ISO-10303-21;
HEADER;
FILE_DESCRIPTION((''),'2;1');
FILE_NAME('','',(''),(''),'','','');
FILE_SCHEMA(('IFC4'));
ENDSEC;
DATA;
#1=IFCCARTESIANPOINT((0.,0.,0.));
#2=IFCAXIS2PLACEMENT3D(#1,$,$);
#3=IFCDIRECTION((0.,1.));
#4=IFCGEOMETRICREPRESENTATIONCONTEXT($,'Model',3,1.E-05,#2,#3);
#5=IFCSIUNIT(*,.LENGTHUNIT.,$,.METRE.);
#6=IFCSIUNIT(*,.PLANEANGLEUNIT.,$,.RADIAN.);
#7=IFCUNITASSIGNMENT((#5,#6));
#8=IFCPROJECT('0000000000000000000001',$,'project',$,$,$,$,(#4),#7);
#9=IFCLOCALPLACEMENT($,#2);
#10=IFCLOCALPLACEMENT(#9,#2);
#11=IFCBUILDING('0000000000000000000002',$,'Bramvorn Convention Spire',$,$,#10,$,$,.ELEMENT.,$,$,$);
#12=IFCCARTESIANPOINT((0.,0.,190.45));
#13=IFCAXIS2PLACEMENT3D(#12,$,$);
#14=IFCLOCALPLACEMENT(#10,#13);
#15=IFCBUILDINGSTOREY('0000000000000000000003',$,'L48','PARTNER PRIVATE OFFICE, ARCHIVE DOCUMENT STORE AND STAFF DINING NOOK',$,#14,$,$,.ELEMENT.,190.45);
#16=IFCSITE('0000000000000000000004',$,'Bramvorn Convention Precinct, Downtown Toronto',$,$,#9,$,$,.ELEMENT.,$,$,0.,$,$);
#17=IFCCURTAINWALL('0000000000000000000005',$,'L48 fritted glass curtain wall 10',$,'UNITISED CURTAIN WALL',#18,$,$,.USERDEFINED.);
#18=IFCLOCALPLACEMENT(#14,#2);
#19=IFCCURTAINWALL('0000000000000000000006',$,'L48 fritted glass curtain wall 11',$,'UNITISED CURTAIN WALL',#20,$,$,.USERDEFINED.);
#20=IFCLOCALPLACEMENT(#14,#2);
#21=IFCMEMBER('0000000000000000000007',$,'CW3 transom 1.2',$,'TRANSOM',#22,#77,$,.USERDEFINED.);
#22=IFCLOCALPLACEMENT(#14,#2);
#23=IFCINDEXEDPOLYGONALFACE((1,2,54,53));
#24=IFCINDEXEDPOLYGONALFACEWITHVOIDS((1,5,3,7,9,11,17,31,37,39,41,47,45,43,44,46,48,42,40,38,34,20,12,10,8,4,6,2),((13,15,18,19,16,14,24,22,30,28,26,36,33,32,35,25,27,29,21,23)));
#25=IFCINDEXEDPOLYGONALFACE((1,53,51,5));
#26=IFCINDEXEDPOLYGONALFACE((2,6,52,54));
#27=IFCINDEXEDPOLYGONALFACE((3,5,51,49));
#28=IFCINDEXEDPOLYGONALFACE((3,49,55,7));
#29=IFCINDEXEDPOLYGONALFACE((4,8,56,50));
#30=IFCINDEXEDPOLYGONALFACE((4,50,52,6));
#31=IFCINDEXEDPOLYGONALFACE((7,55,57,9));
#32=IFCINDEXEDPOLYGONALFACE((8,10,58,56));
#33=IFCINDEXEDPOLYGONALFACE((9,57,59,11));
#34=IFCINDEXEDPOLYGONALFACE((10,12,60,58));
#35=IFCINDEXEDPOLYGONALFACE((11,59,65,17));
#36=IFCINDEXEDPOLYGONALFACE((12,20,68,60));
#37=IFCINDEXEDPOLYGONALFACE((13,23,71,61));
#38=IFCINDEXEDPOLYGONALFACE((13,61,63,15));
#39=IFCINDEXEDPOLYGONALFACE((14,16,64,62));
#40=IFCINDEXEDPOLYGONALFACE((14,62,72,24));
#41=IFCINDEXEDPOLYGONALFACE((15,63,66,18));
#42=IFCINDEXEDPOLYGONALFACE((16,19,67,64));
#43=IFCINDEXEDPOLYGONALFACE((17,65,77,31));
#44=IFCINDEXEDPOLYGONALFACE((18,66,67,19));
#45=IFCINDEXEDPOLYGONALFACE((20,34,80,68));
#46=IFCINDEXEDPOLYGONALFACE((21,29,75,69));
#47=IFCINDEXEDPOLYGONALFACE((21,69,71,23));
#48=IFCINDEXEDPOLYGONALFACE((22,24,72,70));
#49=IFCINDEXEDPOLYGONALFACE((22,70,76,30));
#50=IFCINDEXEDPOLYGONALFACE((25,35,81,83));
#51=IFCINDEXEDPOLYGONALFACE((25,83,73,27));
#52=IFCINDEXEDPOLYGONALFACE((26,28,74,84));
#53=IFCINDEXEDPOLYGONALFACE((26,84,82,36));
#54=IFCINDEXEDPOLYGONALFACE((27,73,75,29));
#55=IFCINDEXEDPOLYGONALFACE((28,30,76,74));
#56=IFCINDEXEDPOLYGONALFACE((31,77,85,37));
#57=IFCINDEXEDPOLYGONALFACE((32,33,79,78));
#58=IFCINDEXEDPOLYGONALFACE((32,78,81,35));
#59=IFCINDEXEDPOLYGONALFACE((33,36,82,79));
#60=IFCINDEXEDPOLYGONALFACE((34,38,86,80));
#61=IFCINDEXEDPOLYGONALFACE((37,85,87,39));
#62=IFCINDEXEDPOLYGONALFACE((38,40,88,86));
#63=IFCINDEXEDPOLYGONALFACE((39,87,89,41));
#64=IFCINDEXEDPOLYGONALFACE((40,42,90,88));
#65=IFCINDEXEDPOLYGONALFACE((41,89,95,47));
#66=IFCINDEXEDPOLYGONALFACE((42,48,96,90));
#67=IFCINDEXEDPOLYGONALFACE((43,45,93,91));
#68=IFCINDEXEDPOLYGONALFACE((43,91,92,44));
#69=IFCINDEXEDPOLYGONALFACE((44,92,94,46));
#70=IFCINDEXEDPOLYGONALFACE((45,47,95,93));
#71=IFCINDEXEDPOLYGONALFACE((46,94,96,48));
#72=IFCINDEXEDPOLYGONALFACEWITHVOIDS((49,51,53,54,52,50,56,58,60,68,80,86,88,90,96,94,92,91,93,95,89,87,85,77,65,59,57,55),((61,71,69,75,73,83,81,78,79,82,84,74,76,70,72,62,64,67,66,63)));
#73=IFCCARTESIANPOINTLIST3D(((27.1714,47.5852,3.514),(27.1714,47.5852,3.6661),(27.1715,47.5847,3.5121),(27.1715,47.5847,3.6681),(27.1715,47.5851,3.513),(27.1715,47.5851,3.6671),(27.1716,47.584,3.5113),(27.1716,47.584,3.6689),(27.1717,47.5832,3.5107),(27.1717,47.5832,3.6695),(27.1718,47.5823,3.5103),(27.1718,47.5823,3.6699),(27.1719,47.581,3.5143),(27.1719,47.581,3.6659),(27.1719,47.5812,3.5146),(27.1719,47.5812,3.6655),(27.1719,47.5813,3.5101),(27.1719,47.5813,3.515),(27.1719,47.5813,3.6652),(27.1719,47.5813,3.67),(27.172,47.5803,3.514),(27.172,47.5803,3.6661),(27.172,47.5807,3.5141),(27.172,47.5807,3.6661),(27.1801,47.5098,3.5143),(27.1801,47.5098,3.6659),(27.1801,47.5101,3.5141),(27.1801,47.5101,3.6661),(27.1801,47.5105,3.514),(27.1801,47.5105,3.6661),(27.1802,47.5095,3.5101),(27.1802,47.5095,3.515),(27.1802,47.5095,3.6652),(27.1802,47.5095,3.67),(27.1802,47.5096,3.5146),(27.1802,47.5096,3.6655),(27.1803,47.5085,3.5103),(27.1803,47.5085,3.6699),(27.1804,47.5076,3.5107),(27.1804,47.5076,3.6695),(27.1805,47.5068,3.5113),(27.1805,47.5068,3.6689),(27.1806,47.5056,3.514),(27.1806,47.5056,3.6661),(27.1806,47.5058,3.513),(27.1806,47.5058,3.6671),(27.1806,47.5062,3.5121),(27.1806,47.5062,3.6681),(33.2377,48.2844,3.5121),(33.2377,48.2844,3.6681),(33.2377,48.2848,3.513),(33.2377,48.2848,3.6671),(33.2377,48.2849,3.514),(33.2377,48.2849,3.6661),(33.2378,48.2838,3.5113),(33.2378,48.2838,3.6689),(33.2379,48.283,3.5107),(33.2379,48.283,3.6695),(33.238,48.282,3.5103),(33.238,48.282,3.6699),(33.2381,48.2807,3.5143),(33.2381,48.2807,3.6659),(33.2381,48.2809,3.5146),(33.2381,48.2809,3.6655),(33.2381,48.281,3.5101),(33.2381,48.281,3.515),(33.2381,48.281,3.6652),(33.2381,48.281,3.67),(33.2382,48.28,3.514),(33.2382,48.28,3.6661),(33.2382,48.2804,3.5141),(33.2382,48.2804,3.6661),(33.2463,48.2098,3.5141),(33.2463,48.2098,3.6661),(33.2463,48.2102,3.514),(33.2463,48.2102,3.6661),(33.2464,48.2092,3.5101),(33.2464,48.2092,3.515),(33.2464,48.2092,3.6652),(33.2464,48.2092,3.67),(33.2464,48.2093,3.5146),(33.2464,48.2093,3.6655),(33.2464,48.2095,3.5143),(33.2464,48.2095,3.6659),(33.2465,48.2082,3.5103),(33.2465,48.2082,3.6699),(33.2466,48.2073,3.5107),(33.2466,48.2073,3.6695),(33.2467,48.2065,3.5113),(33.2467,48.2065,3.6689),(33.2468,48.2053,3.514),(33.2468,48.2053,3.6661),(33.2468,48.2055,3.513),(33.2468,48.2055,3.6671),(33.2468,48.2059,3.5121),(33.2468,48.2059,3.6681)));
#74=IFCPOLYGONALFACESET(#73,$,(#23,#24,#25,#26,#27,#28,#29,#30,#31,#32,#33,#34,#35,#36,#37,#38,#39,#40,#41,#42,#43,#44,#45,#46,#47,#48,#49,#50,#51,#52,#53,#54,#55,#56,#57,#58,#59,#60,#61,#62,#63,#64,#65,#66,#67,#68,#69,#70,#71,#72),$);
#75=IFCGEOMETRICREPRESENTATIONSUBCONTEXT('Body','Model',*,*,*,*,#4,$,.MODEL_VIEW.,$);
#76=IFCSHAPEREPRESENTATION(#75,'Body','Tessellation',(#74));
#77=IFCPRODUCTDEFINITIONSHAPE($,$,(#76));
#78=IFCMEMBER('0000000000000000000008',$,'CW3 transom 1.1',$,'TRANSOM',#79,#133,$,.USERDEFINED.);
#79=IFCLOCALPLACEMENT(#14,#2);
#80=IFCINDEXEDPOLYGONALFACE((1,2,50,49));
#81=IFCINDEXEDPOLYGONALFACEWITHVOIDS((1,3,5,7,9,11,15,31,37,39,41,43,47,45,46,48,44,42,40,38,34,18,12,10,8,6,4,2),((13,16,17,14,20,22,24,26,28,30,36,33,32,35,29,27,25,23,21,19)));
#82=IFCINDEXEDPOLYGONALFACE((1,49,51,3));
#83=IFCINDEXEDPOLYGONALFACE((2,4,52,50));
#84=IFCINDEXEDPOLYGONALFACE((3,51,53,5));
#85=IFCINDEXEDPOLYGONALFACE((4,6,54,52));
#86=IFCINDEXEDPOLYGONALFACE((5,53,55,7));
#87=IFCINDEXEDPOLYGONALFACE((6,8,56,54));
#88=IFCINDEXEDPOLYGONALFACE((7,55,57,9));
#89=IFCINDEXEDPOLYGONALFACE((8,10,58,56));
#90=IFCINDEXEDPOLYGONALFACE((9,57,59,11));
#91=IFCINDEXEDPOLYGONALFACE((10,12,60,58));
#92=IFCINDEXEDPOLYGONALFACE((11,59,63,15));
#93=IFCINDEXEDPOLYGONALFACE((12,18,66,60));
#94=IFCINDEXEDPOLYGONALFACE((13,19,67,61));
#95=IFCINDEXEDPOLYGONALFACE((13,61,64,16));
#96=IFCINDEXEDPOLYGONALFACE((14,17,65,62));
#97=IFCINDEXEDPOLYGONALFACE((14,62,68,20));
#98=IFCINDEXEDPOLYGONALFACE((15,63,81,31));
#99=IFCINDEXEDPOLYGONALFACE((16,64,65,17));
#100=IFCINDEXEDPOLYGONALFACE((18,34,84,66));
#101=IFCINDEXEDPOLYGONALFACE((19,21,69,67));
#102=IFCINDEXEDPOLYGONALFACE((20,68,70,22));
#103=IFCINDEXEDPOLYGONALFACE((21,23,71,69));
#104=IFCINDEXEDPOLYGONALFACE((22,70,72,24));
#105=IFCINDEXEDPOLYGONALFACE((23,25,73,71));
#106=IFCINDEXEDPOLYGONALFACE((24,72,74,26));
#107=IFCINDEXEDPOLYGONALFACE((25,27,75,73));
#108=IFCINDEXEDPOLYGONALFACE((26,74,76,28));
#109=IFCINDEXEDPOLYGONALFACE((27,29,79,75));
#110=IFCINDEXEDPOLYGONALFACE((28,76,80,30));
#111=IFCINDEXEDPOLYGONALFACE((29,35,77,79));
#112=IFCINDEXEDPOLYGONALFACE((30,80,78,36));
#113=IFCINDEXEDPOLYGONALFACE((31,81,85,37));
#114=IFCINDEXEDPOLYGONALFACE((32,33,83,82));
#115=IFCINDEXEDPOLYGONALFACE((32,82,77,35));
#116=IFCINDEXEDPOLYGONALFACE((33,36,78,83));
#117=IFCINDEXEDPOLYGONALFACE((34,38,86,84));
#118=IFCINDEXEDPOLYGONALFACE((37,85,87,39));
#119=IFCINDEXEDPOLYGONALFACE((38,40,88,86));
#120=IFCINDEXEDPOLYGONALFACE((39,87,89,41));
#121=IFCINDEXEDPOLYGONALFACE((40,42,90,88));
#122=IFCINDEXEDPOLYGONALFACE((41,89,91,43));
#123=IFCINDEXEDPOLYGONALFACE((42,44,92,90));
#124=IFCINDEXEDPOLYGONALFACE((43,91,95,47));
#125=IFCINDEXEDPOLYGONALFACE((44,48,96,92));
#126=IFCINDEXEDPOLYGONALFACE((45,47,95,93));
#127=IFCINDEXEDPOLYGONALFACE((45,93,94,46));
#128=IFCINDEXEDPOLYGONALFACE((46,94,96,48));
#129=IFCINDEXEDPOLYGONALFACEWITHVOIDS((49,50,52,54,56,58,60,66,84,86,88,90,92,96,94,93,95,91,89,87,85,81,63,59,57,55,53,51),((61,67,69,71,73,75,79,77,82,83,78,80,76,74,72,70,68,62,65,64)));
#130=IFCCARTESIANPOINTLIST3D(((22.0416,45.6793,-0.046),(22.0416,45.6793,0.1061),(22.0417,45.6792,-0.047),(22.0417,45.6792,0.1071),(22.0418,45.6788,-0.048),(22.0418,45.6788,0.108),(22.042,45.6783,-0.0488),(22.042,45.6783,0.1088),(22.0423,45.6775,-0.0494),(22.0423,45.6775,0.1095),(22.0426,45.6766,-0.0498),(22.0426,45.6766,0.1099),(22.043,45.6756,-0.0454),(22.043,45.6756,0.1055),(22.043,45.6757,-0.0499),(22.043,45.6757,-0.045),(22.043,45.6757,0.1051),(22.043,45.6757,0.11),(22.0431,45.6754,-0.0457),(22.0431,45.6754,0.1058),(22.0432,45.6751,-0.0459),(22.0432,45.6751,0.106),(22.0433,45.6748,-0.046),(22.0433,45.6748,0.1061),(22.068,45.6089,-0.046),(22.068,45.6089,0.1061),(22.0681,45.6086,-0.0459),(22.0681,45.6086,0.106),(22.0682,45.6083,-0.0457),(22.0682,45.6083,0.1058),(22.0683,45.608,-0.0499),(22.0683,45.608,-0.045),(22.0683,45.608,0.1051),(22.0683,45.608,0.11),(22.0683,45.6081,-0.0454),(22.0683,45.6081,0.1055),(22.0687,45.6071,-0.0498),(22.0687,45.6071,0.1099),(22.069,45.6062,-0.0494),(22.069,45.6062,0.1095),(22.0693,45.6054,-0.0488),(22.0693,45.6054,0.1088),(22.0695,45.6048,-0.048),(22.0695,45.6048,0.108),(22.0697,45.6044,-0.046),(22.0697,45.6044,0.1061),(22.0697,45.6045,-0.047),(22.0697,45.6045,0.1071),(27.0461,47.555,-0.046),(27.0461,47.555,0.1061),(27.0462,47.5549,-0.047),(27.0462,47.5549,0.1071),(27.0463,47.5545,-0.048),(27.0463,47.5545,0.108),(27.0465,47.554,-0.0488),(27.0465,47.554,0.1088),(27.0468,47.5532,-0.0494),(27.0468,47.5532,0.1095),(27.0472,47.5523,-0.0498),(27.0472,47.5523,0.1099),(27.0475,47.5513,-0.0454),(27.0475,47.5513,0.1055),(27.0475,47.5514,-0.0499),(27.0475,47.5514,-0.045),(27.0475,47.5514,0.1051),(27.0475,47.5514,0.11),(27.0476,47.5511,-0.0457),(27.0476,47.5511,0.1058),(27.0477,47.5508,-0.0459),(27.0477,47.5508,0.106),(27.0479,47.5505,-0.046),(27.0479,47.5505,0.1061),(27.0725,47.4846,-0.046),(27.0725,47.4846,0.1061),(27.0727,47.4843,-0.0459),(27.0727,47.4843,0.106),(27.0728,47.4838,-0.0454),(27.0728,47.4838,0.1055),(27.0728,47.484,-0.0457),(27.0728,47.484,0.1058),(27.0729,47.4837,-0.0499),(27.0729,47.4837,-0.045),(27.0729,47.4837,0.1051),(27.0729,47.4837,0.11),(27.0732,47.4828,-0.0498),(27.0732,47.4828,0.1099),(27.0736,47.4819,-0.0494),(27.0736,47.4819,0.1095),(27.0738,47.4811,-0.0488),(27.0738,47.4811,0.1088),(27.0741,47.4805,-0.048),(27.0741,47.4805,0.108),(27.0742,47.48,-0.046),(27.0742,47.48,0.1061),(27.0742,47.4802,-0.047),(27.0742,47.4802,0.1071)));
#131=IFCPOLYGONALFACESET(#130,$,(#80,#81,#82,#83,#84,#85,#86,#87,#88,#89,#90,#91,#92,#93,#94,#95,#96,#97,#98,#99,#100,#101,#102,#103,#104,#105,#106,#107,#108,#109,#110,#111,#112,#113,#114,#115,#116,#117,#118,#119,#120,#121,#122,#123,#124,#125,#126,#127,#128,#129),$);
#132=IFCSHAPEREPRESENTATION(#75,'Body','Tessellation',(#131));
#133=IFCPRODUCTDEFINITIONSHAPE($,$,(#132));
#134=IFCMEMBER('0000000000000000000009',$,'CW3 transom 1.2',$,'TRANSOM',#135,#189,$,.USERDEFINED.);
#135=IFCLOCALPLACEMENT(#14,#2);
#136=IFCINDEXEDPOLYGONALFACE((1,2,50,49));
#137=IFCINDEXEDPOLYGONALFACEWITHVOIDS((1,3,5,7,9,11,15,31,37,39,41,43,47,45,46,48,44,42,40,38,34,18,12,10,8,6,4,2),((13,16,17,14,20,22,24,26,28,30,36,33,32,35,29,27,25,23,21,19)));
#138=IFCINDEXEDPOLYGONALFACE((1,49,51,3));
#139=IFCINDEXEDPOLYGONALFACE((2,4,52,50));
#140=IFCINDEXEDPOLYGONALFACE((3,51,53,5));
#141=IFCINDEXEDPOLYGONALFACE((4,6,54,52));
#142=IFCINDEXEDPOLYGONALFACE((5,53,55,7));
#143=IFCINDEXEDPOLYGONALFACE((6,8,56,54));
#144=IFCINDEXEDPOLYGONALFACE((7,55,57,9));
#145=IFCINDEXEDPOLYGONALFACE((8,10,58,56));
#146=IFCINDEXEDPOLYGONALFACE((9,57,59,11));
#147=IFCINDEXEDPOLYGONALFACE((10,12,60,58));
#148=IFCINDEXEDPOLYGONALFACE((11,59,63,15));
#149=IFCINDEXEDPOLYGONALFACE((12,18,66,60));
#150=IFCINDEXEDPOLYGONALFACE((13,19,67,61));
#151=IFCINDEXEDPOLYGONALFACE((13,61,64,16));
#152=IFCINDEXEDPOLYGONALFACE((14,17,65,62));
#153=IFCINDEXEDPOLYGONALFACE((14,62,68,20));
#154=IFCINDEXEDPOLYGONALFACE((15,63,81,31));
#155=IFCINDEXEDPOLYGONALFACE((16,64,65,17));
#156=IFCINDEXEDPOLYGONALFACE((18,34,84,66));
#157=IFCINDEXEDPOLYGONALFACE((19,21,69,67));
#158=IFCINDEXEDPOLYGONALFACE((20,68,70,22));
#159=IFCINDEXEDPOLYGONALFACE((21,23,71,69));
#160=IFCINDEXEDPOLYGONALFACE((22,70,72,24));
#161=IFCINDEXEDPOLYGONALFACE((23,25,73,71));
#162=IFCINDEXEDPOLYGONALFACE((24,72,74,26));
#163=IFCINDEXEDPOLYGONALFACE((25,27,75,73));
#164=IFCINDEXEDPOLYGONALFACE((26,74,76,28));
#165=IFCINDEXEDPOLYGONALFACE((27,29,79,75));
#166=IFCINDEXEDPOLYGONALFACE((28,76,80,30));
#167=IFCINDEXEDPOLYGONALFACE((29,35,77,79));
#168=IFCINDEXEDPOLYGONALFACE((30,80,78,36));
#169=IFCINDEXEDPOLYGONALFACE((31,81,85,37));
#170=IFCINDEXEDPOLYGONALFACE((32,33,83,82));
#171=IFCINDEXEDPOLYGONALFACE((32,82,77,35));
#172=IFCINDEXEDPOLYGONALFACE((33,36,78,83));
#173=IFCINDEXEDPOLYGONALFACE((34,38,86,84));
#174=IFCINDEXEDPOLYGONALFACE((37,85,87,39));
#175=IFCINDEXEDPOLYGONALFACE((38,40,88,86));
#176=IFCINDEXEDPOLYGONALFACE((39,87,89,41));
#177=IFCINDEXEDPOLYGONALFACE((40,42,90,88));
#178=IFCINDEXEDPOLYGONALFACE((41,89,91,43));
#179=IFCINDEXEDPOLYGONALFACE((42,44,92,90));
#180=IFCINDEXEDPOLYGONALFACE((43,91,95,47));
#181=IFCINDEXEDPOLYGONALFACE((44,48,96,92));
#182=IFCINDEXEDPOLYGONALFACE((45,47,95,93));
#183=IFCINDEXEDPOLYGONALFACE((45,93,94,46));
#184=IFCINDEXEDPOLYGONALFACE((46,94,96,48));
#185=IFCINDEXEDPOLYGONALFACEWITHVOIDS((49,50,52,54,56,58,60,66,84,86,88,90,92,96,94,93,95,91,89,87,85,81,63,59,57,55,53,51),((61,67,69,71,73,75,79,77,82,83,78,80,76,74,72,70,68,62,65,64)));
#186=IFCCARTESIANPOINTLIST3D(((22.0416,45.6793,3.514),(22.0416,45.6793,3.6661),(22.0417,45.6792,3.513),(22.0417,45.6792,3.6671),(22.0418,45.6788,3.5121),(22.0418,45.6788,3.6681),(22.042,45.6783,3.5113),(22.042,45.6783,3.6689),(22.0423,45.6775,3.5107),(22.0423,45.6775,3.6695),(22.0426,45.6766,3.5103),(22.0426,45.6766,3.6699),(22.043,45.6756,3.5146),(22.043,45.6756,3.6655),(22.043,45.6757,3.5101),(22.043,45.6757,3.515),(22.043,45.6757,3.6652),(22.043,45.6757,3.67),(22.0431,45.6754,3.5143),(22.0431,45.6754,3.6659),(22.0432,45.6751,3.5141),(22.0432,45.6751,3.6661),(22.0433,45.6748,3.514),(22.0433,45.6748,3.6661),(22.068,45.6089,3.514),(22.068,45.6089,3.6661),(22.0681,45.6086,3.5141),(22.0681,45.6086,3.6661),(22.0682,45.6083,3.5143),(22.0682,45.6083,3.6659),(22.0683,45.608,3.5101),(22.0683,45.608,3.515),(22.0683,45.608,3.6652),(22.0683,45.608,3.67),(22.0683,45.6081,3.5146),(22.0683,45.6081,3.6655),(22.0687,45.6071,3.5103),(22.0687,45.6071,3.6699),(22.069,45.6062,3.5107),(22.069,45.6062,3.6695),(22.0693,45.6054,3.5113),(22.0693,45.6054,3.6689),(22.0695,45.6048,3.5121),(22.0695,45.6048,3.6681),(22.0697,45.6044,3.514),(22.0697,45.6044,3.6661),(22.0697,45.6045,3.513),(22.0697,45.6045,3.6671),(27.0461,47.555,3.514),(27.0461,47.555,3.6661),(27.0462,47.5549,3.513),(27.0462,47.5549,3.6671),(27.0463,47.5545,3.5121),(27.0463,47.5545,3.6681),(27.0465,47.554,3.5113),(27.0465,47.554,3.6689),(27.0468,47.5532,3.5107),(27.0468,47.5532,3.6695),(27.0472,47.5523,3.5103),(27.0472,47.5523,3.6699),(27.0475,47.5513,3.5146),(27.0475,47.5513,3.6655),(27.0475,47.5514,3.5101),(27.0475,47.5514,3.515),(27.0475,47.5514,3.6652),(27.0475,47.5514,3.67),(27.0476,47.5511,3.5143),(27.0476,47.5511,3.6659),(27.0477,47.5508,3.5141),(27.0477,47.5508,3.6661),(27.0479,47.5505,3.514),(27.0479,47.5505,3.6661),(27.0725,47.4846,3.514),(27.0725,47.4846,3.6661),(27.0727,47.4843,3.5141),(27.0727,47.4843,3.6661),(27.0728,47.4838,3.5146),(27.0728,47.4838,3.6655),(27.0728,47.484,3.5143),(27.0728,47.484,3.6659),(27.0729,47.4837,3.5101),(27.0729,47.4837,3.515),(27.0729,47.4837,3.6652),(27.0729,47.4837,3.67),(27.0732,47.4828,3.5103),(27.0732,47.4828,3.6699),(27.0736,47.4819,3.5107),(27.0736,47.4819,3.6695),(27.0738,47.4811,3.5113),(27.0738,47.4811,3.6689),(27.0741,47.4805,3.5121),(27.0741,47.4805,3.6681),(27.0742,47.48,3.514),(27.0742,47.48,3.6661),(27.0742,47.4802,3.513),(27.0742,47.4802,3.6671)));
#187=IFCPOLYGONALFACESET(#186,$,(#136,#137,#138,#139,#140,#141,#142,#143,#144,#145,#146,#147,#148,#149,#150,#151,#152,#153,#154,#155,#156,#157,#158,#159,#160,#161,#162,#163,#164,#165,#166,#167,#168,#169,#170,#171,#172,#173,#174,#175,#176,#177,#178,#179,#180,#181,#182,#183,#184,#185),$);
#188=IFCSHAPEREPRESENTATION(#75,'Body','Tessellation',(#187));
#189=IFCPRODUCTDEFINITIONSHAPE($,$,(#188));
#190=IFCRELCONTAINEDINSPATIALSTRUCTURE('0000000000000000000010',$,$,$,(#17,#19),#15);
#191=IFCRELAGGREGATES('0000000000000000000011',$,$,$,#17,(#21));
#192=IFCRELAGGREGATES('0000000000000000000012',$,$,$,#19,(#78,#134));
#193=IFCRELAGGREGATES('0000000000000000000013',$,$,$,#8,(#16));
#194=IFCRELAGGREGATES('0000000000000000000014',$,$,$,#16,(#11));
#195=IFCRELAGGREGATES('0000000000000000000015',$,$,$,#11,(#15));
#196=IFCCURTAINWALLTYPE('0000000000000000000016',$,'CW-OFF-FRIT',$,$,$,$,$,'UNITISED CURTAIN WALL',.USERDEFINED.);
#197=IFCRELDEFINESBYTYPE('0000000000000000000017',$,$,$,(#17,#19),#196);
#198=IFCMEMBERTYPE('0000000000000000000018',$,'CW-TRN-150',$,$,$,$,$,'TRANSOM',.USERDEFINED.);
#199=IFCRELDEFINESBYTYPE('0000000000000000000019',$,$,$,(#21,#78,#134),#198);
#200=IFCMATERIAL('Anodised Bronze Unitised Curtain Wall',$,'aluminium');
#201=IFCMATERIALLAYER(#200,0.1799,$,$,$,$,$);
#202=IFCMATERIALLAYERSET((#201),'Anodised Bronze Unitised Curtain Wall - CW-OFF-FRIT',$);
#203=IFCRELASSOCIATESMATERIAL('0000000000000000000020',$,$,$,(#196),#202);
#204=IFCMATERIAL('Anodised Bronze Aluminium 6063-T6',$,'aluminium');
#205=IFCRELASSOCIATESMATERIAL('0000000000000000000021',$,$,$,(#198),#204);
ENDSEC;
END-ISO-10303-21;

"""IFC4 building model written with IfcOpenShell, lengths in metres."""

from ifc_helpers import new_model, si_unit, direction, frame, origin, origin_2d, place, context, subcontext, project, spatial, hollow_rectangle, extrude, material, layer, layer_set, material_profile, profile_set, type_object, element, aggregate, save


model = new_model("IFC4")

# Units and contexts
model_context = context("Model", 3, precision=1e-05, world=origin(), true_north=direction((0.0, 1.0)))
body_context = subcontext(model_context, "Body", "Model", "MODEL_VIEW")
ifc_project = project(units=[si_unit("LENGTHUNIT", "METRE"), si_unit("PLANEANGLEUNIT", "RADIAN")], contexts=[model_context])

# Site, building, storey
site_placement = place(None, origin())
site = spatial("IfcSite", under=ifc_project, at=site_placement, Name="Bramvorn Convention Precinct, Downtown Toronto", CompositionType="ELEMENT", RefElevation=0.0)
building_placement = place(site_placement, origin())
building = spatial("IfcBuilding", under=site, at=building_placement, Name="Bramvorn Convention Spire", CompositionType="ELEMENT")
storey_placement = place(building_placement, frame((0.0, 0.0, 190.45)))
storey = spatial("IfcBuildingStorey", under=building, at=storey_placement, Name="L48", Description="PARTNER PRIVATE OFFICE, ARCHIVE DOCUMENT STORE AND STAFF DINING NOOK", CompositionType="ELEMENT", Elevation=190.45)

# Curtain walls
ifc_material_1 = material(Name="Anodised Bronze Unitised Curtain Wall", Category="aluminium")
ifc_layer_1 = layer(ifc_material_1, 0.1799)
ifc_layer_set_1 = layer_set([ifc_layer_1], Name="Anodised Bronze Unitised Curtain Wall - CW-OFF-FRIT")
curtain_wall_type = type_object("IfcCurtainWallType", Name="CW-OFF-FRIT", ElementType="UNITISED CURTAIN WALL", PredefinedType="USERDEFINED", material=ifc_layer_set_1)
curtain_wall_1_placement = place(storey_placement, origin())
curtain_wall_1 = element("IfcCurtainWall", 1, at=curtain_wall_1_placement, inside=storey, type_object=curtain_wall_type, Name="L48 fritted glass curtain wall 10", ObjectType="UNITISED CURTAIN WALL", PredefinedType="USERDEFINED")
ifc_material_2 = material(Name="Anodised Bronze Aluminium 6063-T6", Category="aluminium")
curtain_wall_2_placement = place(storey_placement, origin())
curtain_wall_2 = element("IfcCurtainWall", 2, at=curtain_wall_2_placement, inside=storey, type_object=curtain_wall_type, Name="L48 fritted glass curtain wall 11", ObjectType="UNITISED CURTAIN WALL", PredefinedType="USERDEFINED")

# Members
ifc_material_profile_1 = material_profile(ifc_material_2, hollow_rectangle(XDim=0.0801, YDim=0.1599, WallThickness=0.0039, InnerFilletRadius=0.001, OuterFilletRadius=0.0039, at=origin_2d()))
ifc_profile_set_1 = profile_set([ifc_material_profile_1], Name="Anodised Bronze Aluminium 6063-T6 - CWT80X160")
member_type_1 = type_object("IfcMemberType", Name="CW-TRN-150", ElementType="TRANSOM", PredefinedType="USERDEFINED", material=ifc_profile_set_1)
member_1_placement = place(storey_placement, frame((27.176, 47.5454, 3.5901), z_axis=(0.993413, 0.114586, 0.0), x_axis=(-0.114586, 0.993413, 0.0)))
member_1 = element("IfcMember", 3, at=member_1_placement, type_object=member_type_1, Name="CW3 transom 1.2", ObjectType="TRANSOM", PredefinedType="USERDEFINED", context=body_context, shape_type="SweptSolid", body=[
    extrude(hollow_rectangle(XDim=0.0801, YDim=0.1599, WallThickness=0.0039, InnerFilletRadius=0.001, OuterFilletRadius=0.0039, at=origin_2d()), origin(), (0.0, 0.0, 1.0), 6.1064),
])
member_2_placement = place(storey_placement, frame((22.0557, 45.6418, 0.03), z_axis=(0.936391, 0.350958, 0.0), x_axis=(-0.350958, 0.936391, 0.0)))
member_2 = element("IfcMember", 4, at=member_2_placement, type_object=member_type_1, Name="CW3 transom 1.1", ObjectType="TRANSOM", PredefinedType="USERDEFINED", context=body_context, shape_type="SweptSolid", body=[
    extrude(hollow_rectangle(XDim=0.0801, YDim=0.1599, WallThickness=0.0039, InnerFilletRadius=0.001, OuterFilletRadius=0.0039, at=origin_2d()), origin(), (0.0, 0.0, 1.0), 5.3445),
])
member_3_placement = place(storey_placement, frame((22.0557, 45.6418, 3.5901), z_axis=(0.936391, 0.350958, 0.0), x_axis=(-0.350958, 0.936391, 0.0)))
member_3 = element("IfcMember", 5, at=member_3_placement, type_object=member_type_1, Name="CW3 transom 1.2", ObjectType="TRANSOM", PredefinedType="USERDEFINED", context=body_context, shape_type="SweptSolid", body=[
    extrude(hollow_rectangle(XDim=0.0801, YDim=0.1599, WallThickness=0.0039, InnerFilletRadius=0.001, OuterFilletRadius=0.0039, at=origin_2d()), origin(), (0.0, 0.0, 1.0), 5.3445),
])

aggregate(curtain_wall_1, [member_1])
aggregate(curtain_wall_2, [member_2, member_3])

save(model, "model.ifc")
